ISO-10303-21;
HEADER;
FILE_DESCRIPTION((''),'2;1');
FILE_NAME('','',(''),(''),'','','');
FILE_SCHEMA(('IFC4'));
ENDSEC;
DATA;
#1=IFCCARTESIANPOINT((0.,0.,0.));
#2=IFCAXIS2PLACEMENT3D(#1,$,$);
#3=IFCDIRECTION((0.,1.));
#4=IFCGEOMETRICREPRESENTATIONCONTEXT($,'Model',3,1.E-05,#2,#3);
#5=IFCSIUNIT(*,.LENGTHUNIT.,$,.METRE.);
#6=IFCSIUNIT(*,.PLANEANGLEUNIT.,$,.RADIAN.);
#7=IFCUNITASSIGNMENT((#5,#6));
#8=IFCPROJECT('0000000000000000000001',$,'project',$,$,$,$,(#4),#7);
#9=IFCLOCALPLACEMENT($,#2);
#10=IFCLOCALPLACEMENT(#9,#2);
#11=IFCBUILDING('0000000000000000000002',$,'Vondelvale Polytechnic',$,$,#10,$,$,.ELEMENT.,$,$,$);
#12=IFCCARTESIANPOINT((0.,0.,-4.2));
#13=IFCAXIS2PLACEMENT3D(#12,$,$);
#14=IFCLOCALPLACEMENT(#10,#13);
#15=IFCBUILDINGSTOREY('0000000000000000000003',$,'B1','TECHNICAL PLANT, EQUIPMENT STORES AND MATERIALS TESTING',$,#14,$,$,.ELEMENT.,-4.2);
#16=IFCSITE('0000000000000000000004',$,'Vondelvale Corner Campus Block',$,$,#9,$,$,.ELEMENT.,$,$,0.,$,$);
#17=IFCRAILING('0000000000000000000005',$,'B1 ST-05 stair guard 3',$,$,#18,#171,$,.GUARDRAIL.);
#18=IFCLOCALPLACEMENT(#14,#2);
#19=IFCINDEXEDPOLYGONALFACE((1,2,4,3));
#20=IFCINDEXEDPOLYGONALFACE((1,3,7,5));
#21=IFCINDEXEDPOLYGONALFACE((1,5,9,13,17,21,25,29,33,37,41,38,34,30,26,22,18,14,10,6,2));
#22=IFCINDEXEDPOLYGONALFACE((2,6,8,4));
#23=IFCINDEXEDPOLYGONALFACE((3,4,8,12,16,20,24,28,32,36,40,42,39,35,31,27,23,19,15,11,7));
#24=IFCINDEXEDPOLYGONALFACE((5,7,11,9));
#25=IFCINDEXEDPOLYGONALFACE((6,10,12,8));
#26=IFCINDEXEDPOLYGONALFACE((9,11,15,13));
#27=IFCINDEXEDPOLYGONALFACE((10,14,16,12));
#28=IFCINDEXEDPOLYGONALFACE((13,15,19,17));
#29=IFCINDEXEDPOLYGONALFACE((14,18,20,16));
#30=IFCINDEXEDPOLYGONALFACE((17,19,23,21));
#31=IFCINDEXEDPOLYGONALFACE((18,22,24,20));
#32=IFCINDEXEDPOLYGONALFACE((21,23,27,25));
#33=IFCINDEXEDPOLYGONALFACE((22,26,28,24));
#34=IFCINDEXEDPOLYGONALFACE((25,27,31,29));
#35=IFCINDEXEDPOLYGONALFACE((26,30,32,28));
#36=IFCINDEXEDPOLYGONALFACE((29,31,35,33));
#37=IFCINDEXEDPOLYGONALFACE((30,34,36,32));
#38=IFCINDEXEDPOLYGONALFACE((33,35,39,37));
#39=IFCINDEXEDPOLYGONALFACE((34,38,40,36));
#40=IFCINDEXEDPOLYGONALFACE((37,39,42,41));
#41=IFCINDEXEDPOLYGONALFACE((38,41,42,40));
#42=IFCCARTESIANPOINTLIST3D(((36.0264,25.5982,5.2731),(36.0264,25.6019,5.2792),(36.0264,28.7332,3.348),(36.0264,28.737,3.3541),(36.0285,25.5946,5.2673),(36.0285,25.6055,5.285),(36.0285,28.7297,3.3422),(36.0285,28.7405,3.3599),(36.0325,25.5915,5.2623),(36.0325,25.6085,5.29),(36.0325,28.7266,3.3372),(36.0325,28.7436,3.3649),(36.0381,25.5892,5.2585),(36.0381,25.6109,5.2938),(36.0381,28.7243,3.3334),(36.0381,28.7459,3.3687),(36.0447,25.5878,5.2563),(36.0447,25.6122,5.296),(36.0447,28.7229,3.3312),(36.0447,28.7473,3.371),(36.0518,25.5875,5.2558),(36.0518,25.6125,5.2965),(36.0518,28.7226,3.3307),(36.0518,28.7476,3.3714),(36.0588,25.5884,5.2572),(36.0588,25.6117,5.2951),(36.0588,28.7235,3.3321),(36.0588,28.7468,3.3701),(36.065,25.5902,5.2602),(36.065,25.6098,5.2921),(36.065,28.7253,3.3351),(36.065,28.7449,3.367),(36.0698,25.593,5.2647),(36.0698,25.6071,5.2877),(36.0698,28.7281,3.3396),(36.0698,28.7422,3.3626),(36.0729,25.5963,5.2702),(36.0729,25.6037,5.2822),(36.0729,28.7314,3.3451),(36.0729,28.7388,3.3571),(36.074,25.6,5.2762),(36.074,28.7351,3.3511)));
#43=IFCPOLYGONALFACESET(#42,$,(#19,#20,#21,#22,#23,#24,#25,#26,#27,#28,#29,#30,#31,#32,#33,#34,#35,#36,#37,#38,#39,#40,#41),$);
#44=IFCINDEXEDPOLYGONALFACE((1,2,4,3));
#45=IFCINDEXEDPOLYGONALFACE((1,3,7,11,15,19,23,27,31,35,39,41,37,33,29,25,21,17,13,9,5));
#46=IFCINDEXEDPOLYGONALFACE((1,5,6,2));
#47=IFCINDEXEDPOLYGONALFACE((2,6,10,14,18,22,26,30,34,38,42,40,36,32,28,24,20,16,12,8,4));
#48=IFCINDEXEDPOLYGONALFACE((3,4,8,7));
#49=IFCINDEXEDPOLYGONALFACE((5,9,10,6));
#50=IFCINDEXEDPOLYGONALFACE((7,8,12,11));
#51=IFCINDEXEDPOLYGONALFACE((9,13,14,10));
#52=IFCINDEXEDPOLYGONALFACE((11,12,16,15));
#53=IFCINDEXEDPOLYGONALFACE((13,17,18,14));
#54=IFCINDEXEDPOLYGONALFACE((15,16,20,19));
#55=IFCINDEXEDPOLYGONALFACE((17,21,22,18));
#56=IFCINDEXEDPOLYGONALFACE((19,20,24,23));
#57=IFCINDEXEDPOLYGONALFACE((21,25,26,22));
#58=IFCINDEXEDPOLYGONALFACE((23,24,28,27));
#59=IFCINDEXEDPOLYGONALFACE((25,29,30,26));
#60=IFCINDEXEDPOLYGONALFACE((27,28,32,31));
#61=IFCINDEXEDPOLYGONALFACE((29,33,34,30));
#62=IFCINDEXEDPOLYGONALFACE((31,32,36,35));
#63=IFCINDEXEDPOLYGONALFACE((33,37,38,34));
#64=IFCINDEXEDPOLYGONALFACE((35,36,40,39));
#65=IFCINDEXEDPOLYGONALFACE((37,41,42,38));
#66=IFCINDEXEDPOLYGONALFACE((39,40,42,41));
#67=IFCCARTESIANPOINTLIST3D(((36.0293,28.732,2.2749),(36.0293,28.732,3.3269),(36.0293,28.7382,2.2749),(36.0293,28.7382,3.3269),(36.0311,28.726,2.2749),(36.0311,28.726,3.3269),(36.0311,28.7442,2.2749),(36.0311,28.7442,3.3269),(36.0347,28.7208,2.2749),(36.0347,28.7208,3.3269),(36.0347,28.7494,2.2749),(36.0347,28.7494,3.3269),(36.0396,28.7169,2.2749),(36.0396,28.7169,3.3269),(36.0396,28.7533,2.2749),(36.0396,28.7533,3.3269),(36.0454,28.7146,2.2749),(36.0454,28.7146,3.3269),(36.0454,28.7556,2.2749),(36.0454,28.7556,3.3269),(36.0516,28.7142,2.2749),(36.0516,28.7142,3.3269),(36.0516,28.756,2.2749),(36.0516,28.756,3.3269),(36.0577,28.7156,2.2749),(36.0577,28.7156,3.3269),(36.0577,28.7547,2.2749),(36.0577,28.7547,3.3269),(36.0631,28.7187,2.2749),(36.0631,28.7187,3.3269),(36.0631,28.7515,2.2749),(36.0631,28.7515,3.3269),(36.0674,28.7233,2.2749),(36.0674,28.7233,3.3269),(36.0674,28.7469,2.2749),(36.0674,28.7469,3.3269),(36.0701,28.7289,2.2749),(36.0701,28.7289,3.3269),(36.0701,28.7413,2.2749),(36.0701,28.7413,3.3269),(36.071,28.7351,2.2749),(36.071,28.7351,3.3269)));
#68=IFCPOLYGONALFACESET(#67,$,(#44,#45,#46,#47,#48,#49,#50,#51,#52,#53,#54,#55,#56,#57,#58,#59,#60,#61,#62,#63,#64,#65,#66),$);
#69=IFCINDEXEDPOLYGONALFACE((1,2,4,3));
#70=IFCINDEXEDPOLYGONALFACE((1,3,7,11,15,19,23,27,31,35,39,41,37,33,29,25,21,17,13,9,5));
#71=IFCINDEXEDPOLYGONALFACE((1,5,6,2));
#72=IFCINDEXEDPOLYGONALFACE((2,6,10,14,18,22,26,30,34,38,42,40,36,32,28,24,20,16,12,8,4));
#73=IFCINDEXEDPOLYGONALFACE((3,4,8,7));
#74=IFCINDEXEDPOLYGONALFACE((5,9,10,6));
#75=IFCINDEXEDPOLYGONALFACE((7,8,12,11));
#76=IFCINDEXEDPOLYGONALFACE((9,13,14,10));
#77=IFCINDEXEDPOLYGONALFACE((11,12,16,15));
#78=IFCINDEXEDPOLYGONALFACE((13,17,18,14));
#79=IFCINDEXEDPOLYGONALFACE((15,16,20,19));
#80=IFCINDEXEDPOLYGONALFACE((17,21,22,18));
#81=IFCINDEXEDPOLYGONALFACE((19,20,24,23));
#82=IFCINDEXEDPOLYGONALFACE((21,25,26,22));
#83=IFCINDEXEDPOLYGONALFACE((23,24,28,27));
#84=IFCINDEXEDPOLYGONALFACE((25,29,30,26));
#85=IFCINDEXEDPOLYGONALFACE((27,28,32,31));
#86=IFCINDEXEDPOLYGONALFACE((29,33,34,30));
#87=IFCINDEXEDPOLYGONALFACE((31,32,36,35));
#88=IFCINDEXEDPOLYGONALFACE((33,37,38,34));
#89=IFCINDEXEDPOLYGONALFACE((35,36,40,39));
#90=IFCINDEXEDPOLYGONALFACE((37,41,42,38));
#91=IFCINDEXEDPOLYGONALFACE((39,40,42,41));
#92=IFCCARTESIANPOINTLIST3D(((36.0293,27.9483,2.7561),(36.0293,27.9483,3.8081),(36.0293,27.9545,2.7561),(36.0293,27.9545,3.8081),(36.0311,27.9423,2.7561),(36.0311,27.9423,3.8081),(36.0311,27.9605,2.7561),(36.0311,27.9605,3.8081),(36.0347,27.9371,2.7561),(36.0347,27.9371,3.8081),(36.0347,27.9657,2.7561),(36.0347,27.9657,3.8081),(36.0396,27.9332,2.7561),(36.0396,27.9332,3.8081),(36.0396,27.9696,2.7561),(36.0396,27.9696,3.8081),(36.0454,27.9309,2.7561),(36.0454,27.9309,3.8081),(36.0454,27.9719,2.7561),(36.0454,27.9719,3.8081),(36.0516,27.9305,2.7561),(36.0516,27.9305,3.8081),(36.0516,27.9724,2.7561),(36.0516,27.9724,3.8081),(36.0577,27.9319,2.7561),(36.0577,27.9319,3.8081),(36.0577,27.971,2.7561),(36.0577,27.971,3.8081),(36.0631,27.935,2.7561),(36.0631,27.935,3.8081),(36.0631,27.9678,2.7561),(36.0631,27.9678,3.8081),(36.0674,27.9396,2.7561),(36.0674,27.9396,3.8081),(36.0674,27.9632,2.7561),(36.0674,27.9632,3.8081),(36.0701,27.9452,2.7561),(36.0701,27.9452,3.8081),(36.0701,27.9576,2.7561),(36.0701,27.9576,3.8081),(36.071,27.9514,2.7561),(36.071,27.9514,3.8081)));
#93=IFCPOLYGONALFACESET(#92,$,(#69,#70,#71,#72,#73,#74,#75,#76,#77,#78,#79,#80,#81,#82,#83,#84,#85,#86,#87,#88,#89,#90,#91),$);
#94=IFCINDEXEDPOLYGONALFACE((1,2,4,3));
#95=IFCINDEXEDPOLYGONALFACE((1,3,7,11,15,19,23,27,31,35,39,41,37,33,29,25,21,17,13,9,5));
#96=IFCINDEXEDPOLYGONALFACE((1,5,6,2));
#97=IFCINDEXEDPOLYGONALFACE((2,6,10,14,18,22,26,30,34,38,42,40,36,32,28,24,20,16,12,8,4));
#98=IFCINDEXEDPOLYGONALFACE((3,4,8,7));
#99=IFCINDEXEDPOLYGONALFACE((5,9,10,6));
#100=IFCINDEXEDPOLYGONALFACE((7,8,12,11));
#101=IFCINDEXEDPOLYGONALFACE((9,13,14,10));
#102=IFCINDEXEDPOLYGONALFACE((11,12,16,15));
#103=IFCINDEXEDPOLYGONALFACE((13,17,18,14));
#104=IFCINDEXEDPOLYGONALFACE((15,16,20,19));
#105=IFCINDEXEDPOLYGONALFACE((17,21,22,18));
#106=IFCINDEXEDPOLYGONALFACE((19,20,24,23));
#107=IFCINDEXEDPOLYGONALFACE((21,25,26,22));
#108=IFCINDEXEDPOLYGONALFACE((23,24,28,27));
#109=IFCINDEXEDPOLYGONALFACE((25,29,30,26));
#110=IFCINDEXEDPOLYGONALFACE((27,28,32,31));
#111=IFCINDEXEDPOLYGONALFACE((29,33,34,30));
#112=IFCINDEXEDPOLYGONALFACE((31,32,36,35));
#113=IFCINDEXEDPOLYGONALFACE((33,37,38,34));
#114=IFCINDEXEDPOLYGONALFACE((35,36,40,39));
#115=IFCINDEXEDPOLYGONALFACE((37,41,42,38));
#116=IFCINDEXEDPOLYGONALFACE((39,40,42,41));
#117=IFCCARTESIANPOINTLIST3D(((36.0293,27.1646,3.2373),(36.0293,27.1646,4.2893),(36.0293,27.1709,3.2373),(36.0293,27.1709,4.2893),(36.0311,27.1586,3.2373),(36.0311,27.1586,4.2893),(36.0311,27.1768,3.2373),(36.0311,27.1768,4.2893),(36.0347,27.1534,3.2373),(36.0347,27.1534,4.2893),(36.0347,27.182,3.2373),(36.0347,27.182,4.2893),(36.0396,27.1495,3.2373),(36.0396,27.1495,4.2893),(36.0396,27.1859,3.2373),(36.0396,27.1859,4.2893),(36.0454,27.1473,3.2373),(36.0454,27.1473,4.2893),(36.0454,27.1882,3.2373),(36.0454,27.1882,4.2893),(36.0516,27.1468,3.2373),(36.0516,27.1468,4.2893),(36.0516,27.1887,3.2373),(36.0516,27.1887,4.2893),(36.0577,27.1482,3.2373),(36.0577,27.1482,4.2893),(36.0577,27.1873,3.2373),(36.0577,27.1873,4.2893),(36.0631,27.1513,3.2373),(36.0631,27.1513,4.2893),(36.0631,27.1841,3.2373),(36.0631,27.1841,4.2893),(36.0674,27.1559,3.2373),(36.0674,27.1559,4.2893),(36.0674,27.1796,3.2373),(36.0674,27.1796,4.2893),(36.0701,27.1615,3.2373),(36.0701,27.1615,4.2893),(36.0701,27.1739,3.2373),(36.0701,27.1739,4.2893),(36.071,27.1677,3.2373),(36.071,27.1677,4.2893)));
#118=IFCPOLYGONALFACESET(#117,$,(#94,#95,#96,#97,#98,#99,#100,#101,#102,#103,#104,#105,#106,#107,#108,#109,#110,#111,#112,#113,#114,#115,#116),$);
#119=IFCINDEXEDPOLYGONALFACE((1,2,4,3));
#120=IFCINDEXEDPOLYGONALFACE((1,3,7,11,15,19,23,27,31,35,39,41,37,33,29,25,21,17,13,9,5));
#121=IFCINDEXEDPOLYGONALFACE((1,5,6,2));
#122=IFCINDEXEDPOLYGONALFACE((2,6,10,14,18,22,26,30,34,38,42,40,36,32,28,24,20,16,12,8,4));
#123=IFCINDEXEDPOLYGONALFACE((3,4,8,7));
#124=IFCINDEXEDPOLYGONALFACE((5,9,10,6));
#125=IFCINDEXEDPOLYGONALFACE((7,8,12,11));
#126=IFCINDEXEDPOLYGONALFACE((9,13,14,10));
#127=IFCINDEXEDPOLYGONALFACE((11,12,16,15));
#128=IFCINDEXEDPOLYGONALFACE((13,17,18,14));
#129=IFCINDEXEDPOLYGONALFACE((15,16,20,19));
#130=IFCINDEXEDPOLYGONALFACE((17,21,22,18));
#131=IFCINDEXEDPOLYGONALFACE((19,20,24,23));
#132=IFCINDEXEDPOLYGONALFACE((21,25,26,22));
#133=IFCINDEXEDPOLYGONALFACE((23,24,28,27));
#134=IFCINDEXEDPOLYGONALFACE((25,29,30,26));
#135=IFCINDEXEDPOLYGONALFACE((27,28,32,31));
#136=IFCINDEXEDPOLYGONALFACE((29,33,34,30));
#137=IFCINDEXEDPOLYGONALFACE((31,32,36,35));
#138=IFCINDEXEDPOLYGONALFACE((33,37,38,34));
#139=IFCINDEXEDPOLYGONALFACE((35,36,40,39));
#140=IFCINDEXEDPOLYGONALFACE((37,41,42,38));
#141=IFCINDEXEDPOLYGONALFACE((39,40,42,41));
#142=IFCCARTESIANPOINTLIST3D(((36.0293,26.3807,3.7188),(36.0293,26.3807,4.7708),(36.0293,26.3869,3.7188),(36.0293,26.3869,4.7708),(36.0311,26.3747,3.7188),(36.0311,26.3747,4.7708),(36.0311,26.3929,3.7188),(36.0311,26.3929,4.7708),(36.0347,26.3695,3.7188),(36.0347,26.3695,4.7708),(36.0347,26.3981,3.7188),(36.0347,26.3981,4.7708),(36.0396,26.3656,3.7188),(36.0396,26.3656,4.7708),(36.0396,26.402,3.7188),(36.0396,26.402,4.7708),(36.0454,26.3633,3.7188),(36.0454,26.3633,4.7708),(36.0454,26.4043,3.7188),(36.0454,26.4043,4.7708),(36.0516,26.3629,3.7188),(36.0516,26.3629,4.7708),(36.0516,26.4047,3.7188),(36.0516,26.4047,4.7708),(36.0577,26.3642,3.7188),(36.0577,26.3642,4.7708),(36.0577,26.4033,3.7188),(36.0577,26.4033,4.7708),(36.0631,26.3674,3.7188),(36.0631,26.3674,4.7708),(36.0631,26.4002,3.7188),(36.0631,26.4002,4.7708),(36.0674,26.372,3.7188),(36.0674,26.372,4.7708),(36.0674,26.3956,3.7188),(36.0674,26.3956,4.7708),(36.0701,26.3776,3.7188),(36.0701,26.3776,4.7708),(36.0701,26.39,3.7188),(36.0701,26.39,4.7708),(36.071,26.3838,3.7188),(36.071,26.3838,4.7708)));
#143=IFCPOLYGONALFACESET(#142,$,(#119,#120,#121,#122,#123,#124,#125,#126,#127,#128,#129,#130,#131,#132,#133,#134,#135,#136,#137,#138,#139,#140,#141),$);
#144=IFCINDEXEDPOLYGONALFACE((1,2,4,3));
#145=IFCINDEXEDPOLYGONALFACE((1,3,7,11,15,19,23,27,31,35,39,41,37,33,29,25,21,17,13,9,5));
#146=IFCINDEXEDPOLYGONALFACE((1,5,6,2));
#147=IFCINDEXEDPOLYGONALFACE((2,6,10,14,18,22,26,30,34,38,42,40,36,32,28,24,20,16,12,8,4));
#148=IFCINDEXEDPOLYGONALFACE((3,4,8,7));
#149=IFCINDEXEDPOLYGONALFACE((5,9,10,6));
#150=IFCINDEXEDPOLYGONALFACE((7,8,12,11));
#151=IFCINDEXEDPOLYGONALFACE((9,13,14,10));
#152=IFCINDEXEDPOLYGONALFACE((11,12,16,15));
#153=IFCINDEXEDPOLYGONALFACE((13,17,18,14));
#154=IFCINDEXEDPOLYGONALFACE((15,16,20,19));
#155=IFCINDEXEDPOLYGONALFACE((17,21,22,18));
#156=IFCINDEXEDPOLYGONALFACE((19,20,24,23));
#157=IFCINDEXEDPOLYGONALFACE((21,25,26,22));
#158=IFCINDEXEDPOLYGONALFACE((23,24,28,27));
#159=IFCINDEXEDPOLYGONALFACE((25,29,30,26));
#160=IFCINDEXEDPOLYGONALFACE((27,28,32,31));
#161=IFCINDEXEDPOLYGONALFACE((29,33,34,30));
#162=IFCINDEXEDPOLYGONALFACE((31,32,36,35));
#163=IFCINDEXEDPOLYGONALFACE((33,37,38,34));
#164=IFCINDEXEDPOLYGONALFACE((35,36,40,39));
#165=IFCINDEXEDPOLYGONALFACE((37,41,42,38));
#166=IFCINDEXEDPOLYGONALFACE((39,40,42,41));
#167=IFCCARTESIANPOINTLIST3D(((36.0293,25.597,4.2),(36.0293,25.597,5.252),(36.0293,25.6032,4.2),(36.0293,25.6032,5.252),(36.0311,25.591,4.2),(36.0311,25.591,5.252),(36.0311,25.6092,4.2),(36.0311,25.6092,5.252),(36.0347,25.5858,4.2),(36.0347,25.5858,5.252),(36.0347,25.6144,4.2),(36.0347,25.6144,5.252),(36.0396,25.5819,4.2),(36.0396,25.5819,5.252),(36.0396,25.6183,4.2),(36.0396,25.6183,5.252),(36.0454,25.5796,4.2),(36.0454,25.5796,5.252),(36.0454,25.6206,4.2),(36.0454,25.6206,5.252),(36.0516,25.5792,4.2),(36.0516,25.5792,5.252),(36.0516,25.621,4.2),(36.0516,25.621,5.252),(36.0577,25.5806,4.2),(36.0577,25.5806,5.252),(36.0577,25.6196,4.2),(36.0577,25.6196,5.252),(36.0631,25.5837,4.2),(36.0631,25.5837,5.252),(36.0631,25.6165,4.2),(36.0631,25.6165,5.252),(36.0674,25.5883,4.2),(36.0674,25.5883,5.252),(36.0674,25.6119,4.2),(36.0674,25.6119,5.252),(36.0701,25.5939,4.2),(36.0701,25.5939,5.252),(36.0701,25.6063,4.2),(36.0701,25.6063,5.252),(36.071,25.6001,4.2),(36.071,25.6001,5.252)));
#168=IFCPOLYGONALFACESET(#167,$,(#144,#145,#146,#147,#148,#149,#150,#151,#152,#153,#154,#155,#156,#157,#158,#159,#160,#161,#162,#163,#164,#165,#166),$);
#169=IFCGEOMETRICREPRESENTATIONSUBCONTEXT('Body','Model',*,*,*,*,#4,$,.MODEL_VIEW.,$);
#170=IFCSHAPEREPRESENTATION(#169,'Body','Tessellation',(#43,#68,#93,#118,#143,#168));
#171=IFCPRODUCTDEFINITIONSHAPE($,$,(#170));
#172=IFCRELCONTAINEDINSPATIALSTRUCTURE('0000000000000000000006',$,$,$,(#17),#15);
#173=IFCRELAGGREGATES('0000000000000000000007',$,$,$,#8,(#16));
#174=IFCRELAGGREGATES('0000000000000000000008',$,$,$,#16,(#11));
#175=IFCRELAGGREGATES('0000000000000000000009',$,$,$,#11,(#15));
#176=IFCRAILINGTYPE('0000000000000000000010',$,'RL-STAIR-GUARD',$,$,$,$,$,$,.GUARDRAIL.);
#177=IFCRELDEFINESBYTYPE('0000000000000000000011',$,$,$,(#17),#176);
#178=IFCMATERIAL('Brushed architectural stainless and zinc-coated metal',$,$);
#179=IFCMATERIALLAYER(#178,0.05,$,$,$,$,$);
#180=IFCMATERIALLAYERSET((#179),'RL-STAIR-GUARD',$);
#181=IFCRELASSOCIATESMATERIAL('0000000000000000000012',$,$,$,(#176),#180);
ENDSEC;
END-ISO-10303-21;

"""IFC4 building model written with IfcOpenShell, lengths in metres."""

from ifc_helpers import new_model, si_unit, direction, frame, origin, origin_2d, place, context, subcontext, project, spatial, circle, extrude, material, layer, layer_set, type_object, element, save


model = new_model("IFC4")

# Units and contexts
model_context = context("Model", 3, precision=1e-05, world=origin(), true_north=direction((0.0, 1.0)))
body_context = subcontext(model_context, "Body", "Model", "MODEL_VIEW")
ifc_project = project(units=[si_unit("LENGTHUNIT", "METRE"), si_unit("PLANEANGLEUNIT", "RADIAN")], contexts=[model_context])

# Site, building, storey
site_placement = place(None, origin())
site = spatial("IfcSite", under=ifc_project, at=site_placement, Name="Vondelvale Corner Campus Block", CompositionType="ELEMENT", RefElevation=0.0)
building_placement = place(site_placement, origin())
building = spatial("IfcBuilding", under=site, at=building_placement, Name="Vondelvale Polytechnic", CompositionType="ELEMENT")
storey_placement = place(building_placement, frame((0.0, 0.0, -4.2)))
storey = spatial("IfcBuildingStorey", under=building, at=storey_placement, Name="B1", Description="TECHNICAL PLANT, EQUIPMENT STORES AND MATERIALS TESTING", CompositionType="ELEMENT", Elevation=-4.2)

# Shared definitions
ifc_material_1 = material(Name="Brushed architectural stainless and zinc-coated metal")

# Railing
ifc_layer_1 = layer(ifc_material_1, 0.05)
ifc_layer_set_1 = layer_set([ifc_layer_1], Name="RL-STAIR-GUARD")
railing_type_1 = type_object("IfcRailingType", Name="RL-STAIR-GUARD", PredefinedType="GUARDRAIL", material=ifc_layer_set_1)
railing_1_placement = place(storey_placement, frame((36.05, 28.7351, 2.2749)))
element("IfcRailing", 1, at=railing_1_placement, inside=storey, type_object=railing_type_1, Name="B1 ST-05 stair guard 3", PredefinedType="GUARDRAIL", context=body_context, shape_type="SweptSolid", body=[
    extrude(circle(Radius=0.0239, at=origin_2d()), frame((0.0, 0.0, 1.0762), z_axis=(0.0, -0.852166, 0.523271), x_axis=(1.0, 0.0, 0.0)), (0.0, 0.0, 1.0), 3.679),
    extrude(circle(Radius=0.021, at=origin_2d()), origin(), (0.0, 0.0, 1.0), 1.052),
    extrude(circle(Radius=0.021, at=origin_2d()), frame((0.0, -0.7837, 0.4812)), (0.0, 0.0, 1.0), 1.052),
    extrude(circle(Radius=0.021, at=origin_2d()), frame((0.0, -1.5674, 0.9624)), (0.0, 0.0, 1.0), 1.052),
    extrude(circle(Radius=0.021, at=origin_2d()), frame((0.0, -2.3513, 1.4438)), (0.0, 0.0, 1.0), 1.052),
    extrude(circle(Radius=0.021, at=origin_2d()), frame((0.0, -3.135, 1.925)), (0.0, 0.0, 1.0), 1.052),
])

save(model, "model.ifc")
